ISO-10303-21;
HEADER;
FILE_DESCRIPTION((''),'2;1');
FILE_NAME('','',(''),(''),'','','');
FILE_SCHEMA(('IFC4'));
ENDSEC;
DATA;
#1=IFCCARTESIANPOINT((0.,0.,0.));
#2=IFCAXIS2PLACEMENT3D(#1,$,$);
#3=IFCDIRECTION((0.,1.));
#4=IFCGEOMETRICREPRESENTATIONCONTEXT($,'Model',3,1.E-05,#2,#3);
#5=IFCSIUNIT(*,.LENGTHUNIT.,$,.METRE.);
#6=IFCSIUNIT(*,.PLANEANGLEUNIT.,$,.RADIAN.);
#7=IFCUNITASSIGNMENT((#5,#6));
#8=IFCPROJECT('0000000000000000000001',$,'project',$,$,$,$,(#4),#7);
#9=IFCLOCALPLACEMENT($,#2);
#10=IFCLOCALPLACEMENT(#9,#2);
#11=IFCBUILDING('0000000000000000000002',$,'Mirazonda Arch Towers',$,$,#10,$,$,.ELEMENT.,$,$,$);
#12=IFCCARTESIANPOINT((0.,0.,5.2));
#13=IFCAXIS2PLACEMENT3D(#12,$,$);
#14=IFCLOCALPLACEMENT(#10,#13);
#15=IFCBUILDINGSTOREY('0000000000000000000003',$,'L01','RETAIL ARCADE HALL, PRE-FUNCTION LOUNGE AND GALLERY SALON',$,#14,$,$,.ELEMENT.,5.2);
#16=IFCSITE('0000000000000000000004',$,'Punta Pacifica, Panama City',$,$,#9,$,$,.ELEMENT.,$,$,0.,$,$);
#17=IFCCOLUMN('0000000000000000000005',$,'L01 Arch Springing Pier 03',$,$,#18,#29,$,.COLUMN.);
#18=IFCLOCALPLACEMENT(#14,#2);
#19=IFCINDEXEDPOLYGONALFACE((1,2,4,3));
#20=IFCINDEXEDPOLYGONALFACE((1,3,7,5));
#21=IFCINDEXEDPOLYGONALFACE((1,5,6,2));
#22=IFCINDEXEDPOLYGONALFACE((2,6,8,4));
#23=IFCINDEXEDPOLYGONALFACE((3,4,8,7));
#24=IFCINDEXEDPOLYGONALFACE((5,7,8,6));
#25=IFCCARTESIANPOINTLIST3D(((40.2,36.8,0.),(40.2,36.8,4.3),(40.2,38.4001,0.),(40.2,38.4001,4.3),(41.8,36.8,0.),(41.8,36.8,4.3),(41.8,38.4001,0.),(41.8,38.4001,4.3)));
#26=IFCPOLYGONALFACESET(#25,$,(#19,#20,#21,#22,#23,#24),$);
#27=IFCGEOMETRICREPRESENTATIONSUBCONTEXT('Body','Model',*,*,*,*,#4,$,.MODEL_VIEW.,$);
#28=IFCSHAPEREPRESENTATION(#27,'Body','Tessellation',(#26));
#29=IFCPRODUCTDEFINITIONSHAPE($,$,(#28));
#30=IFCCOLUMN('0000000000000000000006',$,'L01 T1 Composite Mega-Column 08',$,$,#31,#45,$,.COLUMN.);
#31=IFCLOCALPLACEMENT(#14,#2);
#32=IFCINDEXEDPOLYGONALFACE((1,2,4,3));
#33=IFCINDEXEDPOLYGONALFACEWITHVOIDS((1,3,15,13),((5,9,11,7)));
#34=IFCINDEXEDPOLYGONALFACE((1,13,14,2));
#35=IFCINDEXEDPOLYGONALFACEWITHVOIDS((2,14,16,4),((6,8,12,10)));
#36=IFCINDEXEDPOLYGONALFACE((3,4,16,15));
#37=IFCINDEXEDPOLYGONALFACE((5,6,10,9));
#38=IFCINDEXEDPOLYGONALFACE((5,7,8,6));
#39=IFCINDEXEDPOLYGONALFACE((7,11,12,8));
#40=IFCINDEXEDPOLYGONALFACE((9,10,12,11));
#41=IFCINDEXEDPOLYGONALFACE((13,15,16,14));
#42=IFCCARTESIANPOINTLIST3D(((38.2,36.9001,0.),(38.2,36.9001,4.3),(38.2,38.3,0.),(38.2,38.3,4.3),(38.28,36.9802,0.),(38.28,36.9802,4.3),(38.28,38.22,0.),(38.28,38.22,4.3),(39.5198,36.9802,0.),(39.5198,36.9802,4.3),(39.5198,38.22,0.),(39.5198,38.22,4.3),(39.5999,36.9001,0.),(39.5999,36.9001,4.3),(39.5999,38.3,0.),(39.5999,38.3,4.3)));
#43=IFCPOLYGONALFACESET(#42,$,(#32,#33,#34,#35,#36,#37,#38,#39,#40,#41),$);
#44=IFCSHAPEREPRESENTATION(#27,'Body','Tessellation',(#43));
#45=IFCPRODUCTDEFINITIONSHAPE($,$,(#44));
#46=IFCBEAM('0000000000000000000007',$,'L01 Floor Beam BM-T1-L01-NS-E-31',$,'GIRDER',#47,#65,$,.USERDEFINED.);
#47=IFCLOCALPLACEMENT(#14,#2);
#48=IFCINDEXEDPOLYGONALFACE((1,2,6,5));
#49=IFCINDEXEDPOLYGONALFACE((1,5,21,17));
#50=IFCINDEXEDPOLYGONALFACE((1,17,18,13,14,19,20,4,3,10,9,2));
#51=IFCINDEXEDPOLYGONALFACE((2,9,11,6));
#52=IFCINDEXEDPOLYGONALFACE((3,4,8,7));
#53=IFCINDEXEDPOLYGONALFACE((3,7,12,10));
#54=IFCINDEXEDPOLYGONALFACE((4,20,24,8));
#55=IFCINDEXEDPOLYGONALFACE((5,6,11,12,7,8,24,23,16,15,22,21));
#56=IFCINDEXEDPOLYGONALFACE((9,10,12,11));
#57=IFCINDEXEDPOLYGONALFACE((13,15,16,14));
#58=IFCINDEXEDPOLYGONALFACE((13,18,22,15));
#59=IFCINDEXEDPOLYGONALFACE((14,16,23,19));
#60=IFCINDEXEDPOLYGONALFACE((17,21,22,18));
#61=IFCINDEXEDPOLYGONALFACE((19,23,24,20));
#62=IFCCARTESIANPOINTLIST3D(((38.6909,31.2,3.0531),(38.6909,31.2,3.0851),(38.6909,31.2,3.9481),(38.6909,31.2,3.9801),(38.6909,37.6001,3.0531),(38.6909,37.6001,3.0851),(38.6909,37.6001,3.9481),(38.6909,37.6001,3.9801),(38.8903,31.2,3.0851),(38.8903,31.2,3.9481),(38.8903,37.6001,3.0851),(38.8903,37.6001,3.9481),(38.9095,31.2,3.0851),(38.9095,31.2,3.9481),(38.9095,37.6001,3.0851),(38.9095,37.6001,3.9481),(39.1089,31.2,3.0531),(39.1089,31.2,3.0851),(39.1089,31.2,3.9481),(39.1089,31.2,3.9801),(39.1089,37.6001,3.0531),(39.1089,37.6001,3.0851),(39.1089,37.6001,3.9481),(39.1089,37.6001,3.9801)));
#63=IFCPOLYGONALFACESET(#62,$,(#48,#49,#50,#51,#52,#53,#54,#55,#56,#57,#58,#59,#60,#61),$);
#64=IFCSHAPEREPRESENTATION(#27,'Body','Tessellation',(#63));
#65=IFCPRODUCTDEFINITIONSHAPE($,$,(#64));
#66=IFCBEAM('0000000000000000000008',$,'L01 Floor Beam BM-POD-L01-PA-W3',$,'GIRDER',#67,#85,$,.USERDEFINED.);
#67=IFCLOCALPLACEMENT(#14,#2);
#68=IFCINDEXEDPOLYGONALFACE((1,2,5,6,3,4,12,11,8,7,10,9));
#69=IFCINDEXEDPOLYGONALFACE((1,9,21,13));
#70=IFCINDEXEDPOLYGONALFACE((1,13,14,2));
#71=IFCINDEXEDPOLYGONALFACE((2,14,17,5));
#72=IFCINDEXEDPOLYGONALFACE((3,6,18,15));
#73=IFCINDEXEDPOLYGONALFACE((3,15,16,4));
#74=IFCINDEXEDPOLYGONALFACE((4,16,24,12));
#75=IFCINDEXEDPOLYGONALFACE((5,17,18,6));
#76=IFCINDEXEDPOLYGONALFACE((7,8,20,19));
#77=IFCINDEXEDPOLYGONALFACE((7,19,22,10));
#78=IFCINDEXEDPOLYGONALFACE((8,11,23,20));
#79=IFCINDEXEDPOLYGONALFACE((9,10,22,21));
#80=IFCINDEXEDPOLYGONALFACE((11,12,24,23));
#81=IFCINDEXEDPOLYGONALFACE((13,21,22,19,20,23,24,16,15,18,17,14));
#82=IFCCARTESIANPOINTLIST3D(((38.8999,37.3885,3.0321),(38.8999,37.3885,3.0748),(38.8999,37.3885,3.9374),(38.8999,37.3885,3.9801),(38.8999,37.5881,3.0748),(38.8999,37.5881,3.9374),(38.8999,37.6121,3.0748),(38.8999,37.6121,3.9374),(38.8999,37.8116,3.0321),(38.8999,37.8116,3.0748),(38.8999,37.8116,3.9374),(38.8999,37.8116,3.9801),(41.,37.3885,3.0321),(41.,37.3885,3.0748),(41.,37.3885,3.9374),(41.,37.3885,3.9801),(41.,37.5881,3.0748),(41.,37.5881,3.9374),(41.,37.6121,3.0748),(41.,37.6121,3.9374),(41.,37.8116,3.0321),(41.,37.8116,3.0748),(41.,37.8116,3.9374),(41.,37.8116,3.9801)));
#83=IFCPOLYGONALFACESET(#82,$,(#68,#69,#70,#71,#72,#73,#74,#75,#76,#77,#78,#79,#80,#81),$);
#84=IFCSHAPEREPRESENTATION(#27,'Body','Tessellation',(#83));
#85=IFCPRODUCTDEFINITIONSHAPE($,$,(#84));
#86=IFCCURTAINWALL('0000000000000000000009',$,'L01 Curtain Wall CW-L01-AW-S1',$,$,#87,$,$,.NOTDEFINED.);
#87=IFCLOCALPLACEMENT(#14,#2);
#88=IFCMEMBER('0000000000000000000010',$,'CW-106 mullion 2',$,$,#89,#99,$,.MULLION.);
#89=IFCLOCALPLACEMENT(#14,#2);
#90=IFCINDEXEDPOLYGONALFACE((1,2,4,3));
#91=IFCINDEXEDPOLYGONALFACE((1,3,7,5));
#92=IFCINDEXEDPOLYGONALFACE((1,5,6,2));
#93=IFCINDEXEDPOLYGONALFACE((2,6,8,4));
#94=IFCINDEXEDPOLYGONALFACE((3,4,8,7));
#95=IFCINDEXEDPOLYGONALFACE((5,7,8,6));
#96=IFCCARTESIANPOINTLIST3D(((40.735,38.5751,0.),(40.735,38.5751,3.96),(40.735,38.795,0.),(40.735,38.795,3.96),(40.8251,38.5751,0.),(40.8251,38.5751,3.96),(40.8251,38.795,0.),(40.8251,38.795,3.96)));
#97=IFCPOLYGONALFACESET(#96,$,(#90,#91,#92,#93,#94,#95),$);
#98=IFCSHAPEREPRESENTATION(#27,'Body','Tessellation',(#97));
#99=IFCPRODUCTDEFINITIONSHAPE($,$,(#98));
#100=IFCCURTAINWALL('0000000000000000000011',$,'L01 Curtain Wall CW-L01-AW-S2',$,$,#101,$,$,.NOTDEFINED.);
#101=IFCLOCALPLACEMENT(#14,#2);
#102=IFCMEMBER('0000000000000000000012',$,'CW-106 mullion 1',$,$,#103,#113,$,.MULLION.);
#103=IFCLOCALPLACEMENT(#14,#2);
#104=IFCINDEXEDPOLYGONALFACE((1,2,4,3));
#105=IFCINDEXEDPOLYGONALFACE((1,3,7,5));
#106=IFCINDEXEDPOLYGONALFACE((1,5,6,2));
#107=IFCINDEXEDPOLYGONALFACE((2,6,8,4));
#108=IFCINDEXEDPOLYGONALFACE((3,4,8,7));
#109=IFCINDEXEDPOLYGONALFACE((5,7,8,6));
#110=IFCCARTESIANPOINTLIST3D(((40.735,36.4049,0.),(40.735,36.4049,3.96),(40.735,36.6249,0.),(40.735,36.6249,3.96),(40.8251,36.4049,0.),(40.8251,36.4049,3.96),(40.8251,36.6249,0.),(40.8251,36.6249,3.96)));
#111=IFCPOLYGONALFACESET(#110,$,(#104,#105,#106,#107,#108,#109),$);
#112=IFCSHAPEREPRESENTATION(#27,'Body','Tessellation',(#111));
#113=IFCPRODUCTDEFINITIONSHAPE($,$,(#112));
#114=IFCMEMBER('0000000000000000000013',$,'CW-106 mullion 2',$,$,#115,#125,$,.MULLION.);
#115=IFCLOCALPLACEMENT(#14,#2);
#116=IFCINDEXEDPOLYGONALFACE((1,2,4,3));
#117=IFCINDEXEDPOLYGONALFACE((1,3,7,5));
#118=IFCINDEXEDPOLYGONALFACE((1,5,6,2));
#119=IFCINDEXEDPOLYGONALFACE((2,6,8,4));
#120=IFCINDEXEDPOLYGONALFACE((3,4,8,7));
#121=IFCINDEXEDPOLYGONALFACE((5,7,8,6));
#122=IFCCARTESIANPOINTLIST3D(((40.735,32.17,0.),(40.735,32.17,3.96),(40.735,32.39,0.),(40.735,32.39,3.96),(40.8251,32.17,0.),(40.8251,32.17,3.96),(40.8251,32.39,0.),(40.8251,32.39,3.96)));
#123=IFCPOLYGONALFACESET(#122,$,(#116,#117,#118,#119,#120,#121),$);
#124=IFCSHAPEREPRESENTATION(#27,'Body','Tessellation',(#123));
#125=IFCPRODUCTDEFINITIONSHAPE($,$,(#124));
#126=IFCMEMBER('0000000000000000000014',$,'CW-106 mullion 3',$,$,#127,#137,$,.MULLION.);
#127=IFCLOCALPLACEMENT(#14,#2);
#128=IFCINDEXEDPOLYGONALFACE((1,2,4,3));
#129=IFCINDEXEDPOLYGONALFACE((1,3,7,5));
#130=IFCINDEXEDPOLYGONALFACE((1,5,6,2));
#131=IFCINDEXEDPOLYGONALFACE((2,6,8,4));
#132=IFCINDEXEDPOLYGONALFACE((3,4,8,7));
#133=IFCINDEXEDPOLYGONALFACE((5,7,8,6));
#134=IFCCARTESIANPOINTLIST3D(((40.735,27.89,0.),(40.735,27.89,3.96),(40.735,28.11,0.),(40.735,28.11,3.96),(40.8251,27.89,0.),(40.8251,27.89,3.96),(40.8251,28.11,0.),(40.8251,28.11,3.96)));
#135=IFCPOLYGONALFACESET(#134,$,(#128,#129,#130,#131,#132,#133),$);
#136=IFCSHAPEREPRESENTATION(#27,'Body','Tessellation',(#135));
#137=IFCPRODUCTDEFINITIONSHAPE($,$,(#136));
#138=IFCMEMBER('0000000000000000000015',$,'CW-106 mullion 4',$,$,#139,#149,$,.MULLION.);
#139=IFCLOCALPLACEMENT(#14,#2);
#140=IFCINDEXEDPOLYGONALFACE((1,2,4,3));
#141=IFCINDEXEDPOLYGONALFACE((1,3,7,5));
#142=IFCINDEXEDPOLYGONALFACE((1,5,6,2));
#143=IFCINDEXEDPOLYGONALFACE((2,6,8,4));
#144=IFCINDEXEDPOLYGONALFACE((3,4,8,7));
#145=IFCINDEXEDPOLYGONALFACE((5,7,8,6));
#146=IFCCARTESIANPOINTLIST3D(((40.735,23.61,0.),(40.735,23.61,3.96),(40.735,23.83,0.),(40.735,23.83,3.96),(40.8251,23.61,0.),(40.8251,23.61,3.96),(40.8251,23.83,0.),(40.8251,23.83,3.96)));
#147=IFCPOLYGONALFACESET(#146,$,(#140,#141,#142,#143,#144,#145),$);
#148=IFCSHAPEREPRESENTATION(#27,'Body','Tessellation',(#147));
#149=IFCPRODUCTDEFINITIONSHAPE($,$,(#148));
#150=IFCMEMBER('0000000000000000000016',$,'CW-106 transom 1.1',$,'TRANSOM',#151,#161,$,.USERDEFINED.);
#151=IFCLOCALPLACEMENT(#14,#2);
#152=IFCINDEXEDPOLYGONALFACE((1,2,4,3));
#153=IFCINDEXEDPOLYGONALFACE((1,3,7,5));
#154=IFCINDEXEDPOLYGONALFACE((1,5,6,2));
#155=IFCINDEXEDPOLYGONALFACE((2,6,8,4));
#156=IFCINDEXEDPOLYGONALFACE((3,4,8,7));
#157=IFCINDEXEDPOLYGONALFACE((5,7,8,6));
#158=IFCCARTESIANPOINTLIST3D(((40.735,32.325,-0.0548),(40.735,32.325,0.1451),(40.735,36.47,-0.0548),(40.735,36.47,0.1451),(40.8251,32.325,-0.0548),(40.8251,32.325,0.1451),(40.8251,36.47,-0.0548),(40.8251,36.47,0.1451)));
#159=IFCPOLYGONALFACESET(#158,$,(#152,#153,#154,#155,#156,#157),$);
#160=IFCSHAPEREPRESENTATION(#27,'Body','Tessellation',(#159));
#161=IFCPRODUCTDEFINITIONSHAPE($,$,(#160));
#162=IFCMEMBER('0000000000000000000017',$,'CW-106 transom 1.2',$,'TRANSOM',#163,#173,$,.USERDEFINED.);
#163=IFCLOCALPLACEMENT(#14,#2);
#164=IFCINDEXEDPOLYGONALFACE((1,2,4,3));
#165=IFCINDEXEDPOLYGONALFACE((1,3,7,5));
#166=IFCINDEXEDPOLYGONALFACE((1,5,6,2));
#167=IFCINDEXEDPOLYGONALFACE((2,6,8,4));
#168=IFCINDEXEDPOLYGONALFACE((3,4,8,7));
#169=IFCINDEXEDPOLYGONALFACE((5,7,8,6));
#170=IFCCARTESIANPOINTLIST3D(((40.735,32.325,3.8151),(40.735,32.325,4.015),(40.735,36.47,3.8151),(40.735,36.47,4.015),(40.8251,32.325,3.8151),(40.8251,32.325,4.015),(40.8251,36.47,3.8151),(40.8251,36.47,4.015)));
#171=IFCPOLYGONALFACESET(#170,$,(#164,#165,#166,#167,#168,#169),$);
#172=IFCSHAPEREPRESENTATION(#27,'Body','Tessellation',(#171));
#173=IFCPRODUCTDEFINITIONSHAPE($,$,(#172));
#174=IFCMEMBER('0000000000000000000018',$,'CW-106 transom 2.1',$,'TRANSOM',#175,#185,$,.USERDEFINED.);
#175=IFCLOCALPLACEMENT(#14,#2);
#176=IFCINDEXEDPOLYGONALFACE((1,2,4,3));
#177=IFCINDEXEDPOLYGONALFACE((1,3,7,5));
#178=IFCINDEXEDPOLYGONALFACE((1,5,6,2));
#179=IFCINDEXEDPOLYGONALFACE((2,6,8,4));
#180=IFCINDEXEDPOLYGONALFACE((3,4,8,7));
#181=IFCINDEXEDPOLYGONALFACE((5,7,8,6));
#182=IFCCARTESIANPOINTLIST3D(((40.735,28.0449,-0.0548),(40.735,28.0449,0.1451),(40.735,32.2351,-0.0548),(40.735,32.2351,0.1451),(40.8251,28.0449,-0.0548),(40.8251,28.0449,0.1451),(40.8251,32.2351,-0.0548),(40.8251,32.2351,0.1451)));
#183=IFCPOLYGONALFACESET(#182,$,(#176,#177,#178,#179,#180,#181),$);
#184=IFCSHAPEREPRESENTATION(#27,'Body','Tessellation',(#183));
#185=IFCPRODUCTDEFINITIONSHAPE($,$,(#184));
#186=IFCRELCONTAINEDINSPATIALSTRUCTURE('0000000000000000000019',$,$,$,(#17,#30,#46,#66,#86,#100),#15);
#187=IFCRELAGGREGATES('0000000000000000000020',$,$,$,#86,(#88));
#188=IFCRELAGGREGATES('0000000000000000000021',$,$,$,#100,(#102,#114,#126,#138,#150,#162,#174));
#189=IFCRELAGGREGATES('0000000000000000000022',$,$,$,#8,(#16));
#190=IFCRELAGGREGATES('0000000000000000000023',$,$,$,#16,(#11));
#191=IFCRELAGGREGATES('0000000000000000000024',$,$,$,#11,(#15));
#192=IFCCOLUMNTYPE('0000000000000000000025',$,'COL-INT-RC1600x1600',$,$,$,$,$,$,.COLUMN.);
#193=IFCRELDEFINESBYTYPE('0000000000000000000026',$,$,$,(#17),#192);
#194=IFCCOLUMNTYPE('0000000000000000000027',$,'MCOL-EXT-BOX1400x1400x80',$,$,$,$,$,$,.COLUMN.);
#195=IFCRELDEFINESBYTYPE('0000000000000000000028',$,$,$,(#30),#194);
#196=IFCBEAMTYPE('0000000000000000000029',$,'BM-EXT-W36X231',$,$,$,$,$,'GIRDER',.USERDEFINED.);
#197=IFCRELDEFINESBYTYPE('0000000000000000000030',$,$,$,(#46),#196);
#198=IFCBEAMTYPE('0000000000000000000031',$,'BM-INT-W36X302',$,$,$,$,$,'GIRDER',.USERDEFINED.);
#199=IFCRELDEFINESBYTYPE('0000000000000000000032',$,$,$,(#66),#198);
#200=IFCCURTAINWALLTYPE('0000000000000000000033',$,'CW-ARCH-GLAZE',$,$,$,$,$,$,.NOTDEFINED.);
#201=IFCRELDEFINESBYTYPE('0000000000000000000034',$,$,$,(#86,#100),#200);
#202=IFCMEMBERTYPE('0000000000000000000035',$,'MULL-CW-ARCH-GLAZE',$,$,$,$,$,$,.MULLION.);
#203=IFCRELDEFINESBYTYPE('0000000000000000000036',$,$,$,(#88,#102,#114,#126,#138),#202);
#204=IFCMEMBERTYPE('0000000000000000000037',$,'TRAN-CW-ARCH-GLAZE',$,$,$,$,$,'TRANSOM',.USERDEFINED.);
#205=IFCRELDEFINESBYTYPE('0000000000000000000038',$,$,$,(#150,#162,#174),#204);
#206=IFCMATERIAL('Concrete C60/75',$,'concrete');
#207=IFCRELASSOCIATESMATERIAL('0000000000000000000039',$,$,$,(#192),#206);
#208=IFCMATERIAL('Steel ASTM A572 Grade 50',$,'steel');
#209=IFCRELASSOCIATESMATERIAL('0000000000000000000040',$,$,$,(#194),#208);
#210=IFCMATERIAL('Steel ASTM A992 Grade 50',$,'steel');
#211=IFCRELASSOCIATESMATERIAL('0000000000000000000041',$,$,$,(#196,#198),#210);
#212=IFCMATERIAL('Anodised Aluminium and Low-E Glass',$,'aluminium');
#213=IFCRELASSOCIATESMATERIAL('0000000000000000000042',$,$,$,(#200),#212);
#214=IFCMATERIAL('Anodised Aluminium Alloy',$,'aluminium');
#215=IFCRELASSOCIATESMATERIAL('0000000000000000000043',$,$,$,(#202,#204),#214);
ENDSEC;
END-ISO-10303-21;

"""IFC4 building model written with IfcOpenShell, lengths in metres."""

from ifc_helpers import new_model, si_unit, direction, frame, origin, origin_2d, place, context, subcontext, project, spatial, rectangle, hollow_rectangle, i_section, extrude, material, material_profile, profile_set, type_object, element, aggregate, save


model = new_model("IFC4")

# Units and contexts
model_context = context("Model", 3, precision=1e-05, world=origin(), true_north=direction((0.0, 1.0)))
body_context = subcontext(model_context, "Body", "Model", "MODEL_VIEW")
ifc_project = project(units=[si_unit("LENGTHUNIT", "METRE"), si_unit("PLANEANGLEUNIT", "RADIAN")], contexts=[model_context])

# Site, building, storey
site_placement = place(None, origin())
site = spatial("IfcSite", under=ifc_project, at=site_placement, Name="Punta Pacifica, Panama City", CompositionType="ELEMENT", RefElevation=0.0)
building_placement = place(site_placement, origin())
building = spatial("IfcBuilding", under=site, at=building_placement, Name="Mirazonda Arch Towers", CompositionType="ELEMENT")
storey_placement = place(building_placement, frame((0.0, 0.0, 5.2)))
storey = spatial("IfcBuildingStorey", under=building, at=storey_placement, Name="L01", Description="RETAIL ARCADE HALL, PRE-FUNCTION LOUNGE AND GALLERY SALON", CompositionType="ELEMENT", Elevation=5.2)

# Columns
ifc_material_1 = material(Name="Concrete C60/75", Category="concrete")
ifc_material_profile_1 = material_profile(ifc_material_1, rectangle(XDim=1.6001, YDim=1.6001, at=origin_2d()), Name="RC1600x1600")
ifc_profile_set_1 = profile_set([ifc_material_profile_1], Name="Concrete C60/75")
column_type_1 = type_object("IfcColumnType", Name="COL-INT-RC1600x1600", PredefinedType="COLUMN", material=ifc_profile_set_1)
column_1_placement = place(storey_placement, frame((41.0, 37.6001, 0.0), z_axis=(0.0, 0.0, 1.0), x_axis=(1.0, 0.0, 0.0)))
element("IfcColumn", 1, at=column_1_placement, inside=storey, type_object=column_type_1, Name="L01 Arch Springing Pier 03", PredefinedType="COLUMN", context=body_context, shape_type="SweptSolid", body=[
    extrude(rectangle(XDim=1.6001, YDim=1.6001, at=origin_2d()), origin(), (0.0, 0.0, 1.0), 4.3),
])
ifc_material_2 = material(Name="Steel ASTM A572 Grade 50", Category="steel")
ifc_material_profile_2 = material_profile(ifc_material_2, hollow_rectangle(XDim=1.3999, YDim=1.3999, WallThickness=0.0801, at=origin_2d()), Name="BOX1400x1400x80")
ifc_profile_set_2 = profile_set([ifc_material_profile_2], Name="Steel ASTM A572 Grade 50")
column_type_2 = type_object("IfcColumnType", Name="MCOL-EXT-BOX1400x1400x80", PredefinedType="COLUMN", material=ifc_profile_set_2)
column_2_placement = place(storey_placement, frame((38.8999, 37.6001, 0.0), z_axis=(0.0, 0.0, 1.0), x_axis=(1.0, 0.0, 0.0)))
element("IfcColumn", 2, at=column_2_placement, inside=storey, type_object=column_type_2, Name="L01 T1 Composite Mega-Column 08", PredefinedType="COLUMN", context=body_context, shape_type="SweptSolid", body=[
    extrude(hollow_rectangle(XDim=1.3999, YDim=1.3999, WallThickness=0.0801, at=origin_2d()), origin(), (0.0, 0.0, 1.0), 4.3),
])

# Beams
ifc_material_3 = material(Name="Steel ASTM A992 Grade 50", Category="steel")
ifc_material_profile_3 = material_profile(ifc_material_3, i_section(OverallWidth=0.418, OverallDepth=0.927, WebThickness=0.0193, FlangeThickness=0.032, at=origin_2d()), Name="W36X231")
ifc_profile_set_3 = profile_set([ifc_material_profile_3], Name="Steel ASTM A992 Grade 50")
beam_type_1 = type_object("IfcBeamType", Name="BM-EXT-W36X231", ElementType="GIRDER", PredefinedType="USERDEFINED", material=ifc_profile_set_3)
beam_1_placement = place(storey_placement, frame((38.8999, 31.2, 3.5166), z_axis=(0.0, 1.0, 0.0), x_axis=(-1.0, 0.0, 0.0)))
element("IfcBeam", 3, at=beam_1_placement, inside=storey, type_object=beam_type_1, Name="L01 Floor Beam BM-T1-L01-NS-E-31", ObjectType="GIRDER", PredefinedType="USERDEFINED", context=body_context, shape_type="SweptSolid", body=[
    extrude(i_section(OverallWidth=0.418, OverallDepth=0.927, WebThickness=0.0193, FlangeThickness=0.032, at=origin_2d()), origin(), (0.0, 0.0, 1.0), 6.4001),
])
ifc_material_profile_4 = material_profile(ifc_material_3, i_section(OverallWidth=0.4231, OverallDepth=0.948, WebThickness=0.0239, FlangeThickness=0.0427, at=origin_2d()), Name="W36X302")
ifc_profile_set_4 = profile_set([ifc_material_profile_4], Name="Steel ASTM A992 Grade 50")
beam_type_2 = type_object("IfcBeamType", Name="BM-INT-W36X302", ElementType="GIRDER", PredefinedType="USERDEFINED", material=ifc_profile_set_4)
beam_2_placement = place(storey_placement, frame((38.8999, 37.6001, 3.5061), z_axis=(1.0, 0.0, 0.0), x_axis=(0.0, 1.0, 0.0)))
element("IfcBeam", 4, at=beam_2_placement, inside=storey, type_object=beam_type_2, Name="L01 Floor Beam BM-POD-L01-PA-W3", ObjectType="GIRDER", PredefinedType="USERDEFINED", context=body_context, shape_type="SweptSolid", body=[
    extrude(i_section(OverallWidth=0.4231, OverallDepth=0.948, WebThickness=0.0239, FlangeThickness=0.0427, at=origin_2d()), origin(), (0.0, 0.0, 1.0), 2.1001),
])

# Curtain wall, member
ifc_material_4 = material(Name="Anodised Aluminium and Low-E Glass", Category="aluminium")
curtain_wall_type = type_object("IfcCurtainWallType", Name="CW-ARCH-GLAZE", PredefinedType="NOTDEFINED", material=ifc_material_4)
curtain_wall_1_placement = place(storey_placement, origin())
curtain_wall_1 = element("IfcCurtainWall", 5, at=curtain_wall_1_placement, inside=storey, type_object=curtain_wall_type, Name="L01 Curtain Wall CW-L01-AW-S1", PredefinedType="NOTDEFINED")
ifc_material_5 = material(Name="Anodised Aluminium Alloy", Category="aluminium")
ifc_material_profile_5 = material_profile(ifc_material_5, rectangle(XDim=0.0901, YDim=0.22, at=origin_2d()), Name="ALU-MULL-90x220")
ifc_profile_set_5 = profile_set([ifc_material_profile_5], Name="Anodised Aluminium Alloy")
member_type_1 = type_object("IfcMemberType", Name="MULL-CW-ARCH-GLAZE", PredefinedType="MULLION", material=ifc_profile_set_5)
member_1_placement = place(storey_placement, frame((40.78, 38.6851, 0.0), z_axis=(0.0, 0.0, 1.0), x_axis=(1.0, 0.0, 0.0)))
member_1 = element("IfcMember", 6, at=member_1_placement, type_object=member_type_1, Name="CW-106 mullion 2", PredefinedType="MULLION", context=body_context, shape_type="SweptSolid", body=[
    extrude(rectangle(XDim=0.0901, YDim=0.22, at=origin_2d()), origin(), (0.0, 0.0, 1.0), 3.96),
])
aggregate(curtain_wall_1, [member_1])

# Curtain wall, members
curtain_wall_2_placement = place(storey_placement, origin())
curtain_wall_2 = element("IfcCurtainWall", 7, at=curtain_wall_2_placement, inside=storey, type_object=curtain_wall_type, Name="L01 Curtain Wall CW-L01-AW-S2", PredefinedType="NOTDEFINED")
member_2_placement = place(storey_placement, frame((40.78, 36.5149, 0.0), z_axis=(0.0, 0.0, 1.0), x_axis=(1.0, 0.0, 0.0)))
member_2 = element("IfcMember", 8, at=member_2_placement, type_object=member_type_1, Name="CW-106 mullion 1", PredefinedType="MULLION", context=body_context, shape_type="SweptSolid", body=[
    extrude(rectangle(XDim=0.0901, YDim=0.22, at=origin_2d()), origin(), (0.0, 0.0, 1.0), 3.96),
])
member_3_placement = place(storey_placement, frame((40.78, 32.28, 0.0), z_axis=(0.0, 0.0, 1.0), x_axis=(1.0, 0.0, 0.0)))
member_3 = element("IfcMember", 9, at=member_3_placement, type_object=member_type_1, Name="CW-106 mullion 2", PredefinedType="MULLION", context=body_context, shape_type="SweptSolid", body=[
    extrude(rectangle(XDim=0.0901, YDim=0.22, at=origin_2d()), origin(), (0.0, 0.0, 1.0), 3.96),
])
member_4_placement = place(storey_placement, frame((40.78, 28.0, 0.0), z_axis=(0.0, 0.0, 1.0), x_axis=(1.0, 0.0, 0.0)))
member_4 = element("IfcMember", 10, at=member_4_placement, type_object=member_type_1, Name="CW-106 mullion 3", PredefinedType="MULLION", context=body_context, shape_type="SweptSolid", body=[
    extrude(rectangle(XDim=0.0901, YDim=0.22, at=origin_2d()), origin(), (0.0, 0.0, 1.0), 3.96),
])
member_5_placement = place(storey_placement, frame((40.78, 23.72, 0.0), z_axis=(0.0, 0.0, 1.0), x_axis=(1.0, 0.0, 0.0)))
member_5 = element("IfcMember", 11, at=member_5_placement, type_object=member_type_1, Name="CW-106 mullion 4", PredefinedType="MULLION", context=body_context, shape_type="SweptSolid", body=[
    extrude(rectangle(XDim=0.0901, YDim=0.22, at=origin_2d()), origin(), (0.0, 0.0, 1.0), 3.96),
])
ifc_material_profile_6 = material_profile(ifc_material_5, rectangle(XDim=0.0901, YDim=0.2, at=origin_2d()), Name="ALU-TRAN-90x200")
ifc_profile_set_6 = profile_set([ifc_material_profile_6], Name="Anodised Aluminium Alloy")
member_type_2 = type_object("IfcMemberType", Name="TRAN-CW-ARCH-GLAZE", ElementType="TRANSOM", PredefinedType="USERDEFINED", material=ifc_profile_set_6)
member_6_placement = place(storey_placement, frame((40.78, 36.47, 0.0452), z_axis=(0.0, -1.0, 0.0), x_axis=(1.0, 0.0, 0.0)))
member_6 = element("IfcMember", 12, at=member_6_placement, type_object=member_type_2, Name="CW-106 transom 1.1", ObjectType="TRANSOM", PredefinedType="USERDEFINED", context=body_context, shape_type="SweptSolid", body=[
    extrude(rectangle(XDim=0.0901, YDim=0.2, at=origin_2d()), origin(), (0.0, 0.0, 1.0), 4.145),
])
member_7_placement = place(storey_placement, frame((40.78, 36.47, 3.915), z_axis=(0.0, -1.0, 0.0), x_axis=(1.0, 0.0, 0.0)))
member_7 = element("IfcMember", 13, at=member_7_placement, type_object=member_type_2, Name="CW-106 transom 1.2", ObjectType="TRANSOM", PredefinedType="USERDEFINED", context=body_context, shape_type="SweptSolid", body=[
    extrude(rectangle(XDim=0.0901, YDim=0.2, at=origin_2d()), origin(), (0.0, 0.0, 1.0), 4.145),
])
member_8_placement = place(storey_placement, frame((40.78, 32.2351, 0.0452), z_axis=(0.0, -1.0, 0.0), x_axis=(1.0, 0.0, 0.0)))
member_8 = element("IfcMember", 14, at=member_8_placement, type_object=member_type_2, Name="CW-106 transom 2.1", ObjectType="TRANSOM", PredefinedType="USERDEFINED", context=body_context, shape_type="SweptSolid", body=[
    extrude(rectangle(XDim=0.0901, YDim=0.2, at=origin_2d()), origin(), (0.0, 0.0, 1.0), 4.1902),
])
aggregate(curtain_wall_2, [member_2, member_3, member_4, member_5, member_6, member_7, member_8])

save(model, "model.ifc")
